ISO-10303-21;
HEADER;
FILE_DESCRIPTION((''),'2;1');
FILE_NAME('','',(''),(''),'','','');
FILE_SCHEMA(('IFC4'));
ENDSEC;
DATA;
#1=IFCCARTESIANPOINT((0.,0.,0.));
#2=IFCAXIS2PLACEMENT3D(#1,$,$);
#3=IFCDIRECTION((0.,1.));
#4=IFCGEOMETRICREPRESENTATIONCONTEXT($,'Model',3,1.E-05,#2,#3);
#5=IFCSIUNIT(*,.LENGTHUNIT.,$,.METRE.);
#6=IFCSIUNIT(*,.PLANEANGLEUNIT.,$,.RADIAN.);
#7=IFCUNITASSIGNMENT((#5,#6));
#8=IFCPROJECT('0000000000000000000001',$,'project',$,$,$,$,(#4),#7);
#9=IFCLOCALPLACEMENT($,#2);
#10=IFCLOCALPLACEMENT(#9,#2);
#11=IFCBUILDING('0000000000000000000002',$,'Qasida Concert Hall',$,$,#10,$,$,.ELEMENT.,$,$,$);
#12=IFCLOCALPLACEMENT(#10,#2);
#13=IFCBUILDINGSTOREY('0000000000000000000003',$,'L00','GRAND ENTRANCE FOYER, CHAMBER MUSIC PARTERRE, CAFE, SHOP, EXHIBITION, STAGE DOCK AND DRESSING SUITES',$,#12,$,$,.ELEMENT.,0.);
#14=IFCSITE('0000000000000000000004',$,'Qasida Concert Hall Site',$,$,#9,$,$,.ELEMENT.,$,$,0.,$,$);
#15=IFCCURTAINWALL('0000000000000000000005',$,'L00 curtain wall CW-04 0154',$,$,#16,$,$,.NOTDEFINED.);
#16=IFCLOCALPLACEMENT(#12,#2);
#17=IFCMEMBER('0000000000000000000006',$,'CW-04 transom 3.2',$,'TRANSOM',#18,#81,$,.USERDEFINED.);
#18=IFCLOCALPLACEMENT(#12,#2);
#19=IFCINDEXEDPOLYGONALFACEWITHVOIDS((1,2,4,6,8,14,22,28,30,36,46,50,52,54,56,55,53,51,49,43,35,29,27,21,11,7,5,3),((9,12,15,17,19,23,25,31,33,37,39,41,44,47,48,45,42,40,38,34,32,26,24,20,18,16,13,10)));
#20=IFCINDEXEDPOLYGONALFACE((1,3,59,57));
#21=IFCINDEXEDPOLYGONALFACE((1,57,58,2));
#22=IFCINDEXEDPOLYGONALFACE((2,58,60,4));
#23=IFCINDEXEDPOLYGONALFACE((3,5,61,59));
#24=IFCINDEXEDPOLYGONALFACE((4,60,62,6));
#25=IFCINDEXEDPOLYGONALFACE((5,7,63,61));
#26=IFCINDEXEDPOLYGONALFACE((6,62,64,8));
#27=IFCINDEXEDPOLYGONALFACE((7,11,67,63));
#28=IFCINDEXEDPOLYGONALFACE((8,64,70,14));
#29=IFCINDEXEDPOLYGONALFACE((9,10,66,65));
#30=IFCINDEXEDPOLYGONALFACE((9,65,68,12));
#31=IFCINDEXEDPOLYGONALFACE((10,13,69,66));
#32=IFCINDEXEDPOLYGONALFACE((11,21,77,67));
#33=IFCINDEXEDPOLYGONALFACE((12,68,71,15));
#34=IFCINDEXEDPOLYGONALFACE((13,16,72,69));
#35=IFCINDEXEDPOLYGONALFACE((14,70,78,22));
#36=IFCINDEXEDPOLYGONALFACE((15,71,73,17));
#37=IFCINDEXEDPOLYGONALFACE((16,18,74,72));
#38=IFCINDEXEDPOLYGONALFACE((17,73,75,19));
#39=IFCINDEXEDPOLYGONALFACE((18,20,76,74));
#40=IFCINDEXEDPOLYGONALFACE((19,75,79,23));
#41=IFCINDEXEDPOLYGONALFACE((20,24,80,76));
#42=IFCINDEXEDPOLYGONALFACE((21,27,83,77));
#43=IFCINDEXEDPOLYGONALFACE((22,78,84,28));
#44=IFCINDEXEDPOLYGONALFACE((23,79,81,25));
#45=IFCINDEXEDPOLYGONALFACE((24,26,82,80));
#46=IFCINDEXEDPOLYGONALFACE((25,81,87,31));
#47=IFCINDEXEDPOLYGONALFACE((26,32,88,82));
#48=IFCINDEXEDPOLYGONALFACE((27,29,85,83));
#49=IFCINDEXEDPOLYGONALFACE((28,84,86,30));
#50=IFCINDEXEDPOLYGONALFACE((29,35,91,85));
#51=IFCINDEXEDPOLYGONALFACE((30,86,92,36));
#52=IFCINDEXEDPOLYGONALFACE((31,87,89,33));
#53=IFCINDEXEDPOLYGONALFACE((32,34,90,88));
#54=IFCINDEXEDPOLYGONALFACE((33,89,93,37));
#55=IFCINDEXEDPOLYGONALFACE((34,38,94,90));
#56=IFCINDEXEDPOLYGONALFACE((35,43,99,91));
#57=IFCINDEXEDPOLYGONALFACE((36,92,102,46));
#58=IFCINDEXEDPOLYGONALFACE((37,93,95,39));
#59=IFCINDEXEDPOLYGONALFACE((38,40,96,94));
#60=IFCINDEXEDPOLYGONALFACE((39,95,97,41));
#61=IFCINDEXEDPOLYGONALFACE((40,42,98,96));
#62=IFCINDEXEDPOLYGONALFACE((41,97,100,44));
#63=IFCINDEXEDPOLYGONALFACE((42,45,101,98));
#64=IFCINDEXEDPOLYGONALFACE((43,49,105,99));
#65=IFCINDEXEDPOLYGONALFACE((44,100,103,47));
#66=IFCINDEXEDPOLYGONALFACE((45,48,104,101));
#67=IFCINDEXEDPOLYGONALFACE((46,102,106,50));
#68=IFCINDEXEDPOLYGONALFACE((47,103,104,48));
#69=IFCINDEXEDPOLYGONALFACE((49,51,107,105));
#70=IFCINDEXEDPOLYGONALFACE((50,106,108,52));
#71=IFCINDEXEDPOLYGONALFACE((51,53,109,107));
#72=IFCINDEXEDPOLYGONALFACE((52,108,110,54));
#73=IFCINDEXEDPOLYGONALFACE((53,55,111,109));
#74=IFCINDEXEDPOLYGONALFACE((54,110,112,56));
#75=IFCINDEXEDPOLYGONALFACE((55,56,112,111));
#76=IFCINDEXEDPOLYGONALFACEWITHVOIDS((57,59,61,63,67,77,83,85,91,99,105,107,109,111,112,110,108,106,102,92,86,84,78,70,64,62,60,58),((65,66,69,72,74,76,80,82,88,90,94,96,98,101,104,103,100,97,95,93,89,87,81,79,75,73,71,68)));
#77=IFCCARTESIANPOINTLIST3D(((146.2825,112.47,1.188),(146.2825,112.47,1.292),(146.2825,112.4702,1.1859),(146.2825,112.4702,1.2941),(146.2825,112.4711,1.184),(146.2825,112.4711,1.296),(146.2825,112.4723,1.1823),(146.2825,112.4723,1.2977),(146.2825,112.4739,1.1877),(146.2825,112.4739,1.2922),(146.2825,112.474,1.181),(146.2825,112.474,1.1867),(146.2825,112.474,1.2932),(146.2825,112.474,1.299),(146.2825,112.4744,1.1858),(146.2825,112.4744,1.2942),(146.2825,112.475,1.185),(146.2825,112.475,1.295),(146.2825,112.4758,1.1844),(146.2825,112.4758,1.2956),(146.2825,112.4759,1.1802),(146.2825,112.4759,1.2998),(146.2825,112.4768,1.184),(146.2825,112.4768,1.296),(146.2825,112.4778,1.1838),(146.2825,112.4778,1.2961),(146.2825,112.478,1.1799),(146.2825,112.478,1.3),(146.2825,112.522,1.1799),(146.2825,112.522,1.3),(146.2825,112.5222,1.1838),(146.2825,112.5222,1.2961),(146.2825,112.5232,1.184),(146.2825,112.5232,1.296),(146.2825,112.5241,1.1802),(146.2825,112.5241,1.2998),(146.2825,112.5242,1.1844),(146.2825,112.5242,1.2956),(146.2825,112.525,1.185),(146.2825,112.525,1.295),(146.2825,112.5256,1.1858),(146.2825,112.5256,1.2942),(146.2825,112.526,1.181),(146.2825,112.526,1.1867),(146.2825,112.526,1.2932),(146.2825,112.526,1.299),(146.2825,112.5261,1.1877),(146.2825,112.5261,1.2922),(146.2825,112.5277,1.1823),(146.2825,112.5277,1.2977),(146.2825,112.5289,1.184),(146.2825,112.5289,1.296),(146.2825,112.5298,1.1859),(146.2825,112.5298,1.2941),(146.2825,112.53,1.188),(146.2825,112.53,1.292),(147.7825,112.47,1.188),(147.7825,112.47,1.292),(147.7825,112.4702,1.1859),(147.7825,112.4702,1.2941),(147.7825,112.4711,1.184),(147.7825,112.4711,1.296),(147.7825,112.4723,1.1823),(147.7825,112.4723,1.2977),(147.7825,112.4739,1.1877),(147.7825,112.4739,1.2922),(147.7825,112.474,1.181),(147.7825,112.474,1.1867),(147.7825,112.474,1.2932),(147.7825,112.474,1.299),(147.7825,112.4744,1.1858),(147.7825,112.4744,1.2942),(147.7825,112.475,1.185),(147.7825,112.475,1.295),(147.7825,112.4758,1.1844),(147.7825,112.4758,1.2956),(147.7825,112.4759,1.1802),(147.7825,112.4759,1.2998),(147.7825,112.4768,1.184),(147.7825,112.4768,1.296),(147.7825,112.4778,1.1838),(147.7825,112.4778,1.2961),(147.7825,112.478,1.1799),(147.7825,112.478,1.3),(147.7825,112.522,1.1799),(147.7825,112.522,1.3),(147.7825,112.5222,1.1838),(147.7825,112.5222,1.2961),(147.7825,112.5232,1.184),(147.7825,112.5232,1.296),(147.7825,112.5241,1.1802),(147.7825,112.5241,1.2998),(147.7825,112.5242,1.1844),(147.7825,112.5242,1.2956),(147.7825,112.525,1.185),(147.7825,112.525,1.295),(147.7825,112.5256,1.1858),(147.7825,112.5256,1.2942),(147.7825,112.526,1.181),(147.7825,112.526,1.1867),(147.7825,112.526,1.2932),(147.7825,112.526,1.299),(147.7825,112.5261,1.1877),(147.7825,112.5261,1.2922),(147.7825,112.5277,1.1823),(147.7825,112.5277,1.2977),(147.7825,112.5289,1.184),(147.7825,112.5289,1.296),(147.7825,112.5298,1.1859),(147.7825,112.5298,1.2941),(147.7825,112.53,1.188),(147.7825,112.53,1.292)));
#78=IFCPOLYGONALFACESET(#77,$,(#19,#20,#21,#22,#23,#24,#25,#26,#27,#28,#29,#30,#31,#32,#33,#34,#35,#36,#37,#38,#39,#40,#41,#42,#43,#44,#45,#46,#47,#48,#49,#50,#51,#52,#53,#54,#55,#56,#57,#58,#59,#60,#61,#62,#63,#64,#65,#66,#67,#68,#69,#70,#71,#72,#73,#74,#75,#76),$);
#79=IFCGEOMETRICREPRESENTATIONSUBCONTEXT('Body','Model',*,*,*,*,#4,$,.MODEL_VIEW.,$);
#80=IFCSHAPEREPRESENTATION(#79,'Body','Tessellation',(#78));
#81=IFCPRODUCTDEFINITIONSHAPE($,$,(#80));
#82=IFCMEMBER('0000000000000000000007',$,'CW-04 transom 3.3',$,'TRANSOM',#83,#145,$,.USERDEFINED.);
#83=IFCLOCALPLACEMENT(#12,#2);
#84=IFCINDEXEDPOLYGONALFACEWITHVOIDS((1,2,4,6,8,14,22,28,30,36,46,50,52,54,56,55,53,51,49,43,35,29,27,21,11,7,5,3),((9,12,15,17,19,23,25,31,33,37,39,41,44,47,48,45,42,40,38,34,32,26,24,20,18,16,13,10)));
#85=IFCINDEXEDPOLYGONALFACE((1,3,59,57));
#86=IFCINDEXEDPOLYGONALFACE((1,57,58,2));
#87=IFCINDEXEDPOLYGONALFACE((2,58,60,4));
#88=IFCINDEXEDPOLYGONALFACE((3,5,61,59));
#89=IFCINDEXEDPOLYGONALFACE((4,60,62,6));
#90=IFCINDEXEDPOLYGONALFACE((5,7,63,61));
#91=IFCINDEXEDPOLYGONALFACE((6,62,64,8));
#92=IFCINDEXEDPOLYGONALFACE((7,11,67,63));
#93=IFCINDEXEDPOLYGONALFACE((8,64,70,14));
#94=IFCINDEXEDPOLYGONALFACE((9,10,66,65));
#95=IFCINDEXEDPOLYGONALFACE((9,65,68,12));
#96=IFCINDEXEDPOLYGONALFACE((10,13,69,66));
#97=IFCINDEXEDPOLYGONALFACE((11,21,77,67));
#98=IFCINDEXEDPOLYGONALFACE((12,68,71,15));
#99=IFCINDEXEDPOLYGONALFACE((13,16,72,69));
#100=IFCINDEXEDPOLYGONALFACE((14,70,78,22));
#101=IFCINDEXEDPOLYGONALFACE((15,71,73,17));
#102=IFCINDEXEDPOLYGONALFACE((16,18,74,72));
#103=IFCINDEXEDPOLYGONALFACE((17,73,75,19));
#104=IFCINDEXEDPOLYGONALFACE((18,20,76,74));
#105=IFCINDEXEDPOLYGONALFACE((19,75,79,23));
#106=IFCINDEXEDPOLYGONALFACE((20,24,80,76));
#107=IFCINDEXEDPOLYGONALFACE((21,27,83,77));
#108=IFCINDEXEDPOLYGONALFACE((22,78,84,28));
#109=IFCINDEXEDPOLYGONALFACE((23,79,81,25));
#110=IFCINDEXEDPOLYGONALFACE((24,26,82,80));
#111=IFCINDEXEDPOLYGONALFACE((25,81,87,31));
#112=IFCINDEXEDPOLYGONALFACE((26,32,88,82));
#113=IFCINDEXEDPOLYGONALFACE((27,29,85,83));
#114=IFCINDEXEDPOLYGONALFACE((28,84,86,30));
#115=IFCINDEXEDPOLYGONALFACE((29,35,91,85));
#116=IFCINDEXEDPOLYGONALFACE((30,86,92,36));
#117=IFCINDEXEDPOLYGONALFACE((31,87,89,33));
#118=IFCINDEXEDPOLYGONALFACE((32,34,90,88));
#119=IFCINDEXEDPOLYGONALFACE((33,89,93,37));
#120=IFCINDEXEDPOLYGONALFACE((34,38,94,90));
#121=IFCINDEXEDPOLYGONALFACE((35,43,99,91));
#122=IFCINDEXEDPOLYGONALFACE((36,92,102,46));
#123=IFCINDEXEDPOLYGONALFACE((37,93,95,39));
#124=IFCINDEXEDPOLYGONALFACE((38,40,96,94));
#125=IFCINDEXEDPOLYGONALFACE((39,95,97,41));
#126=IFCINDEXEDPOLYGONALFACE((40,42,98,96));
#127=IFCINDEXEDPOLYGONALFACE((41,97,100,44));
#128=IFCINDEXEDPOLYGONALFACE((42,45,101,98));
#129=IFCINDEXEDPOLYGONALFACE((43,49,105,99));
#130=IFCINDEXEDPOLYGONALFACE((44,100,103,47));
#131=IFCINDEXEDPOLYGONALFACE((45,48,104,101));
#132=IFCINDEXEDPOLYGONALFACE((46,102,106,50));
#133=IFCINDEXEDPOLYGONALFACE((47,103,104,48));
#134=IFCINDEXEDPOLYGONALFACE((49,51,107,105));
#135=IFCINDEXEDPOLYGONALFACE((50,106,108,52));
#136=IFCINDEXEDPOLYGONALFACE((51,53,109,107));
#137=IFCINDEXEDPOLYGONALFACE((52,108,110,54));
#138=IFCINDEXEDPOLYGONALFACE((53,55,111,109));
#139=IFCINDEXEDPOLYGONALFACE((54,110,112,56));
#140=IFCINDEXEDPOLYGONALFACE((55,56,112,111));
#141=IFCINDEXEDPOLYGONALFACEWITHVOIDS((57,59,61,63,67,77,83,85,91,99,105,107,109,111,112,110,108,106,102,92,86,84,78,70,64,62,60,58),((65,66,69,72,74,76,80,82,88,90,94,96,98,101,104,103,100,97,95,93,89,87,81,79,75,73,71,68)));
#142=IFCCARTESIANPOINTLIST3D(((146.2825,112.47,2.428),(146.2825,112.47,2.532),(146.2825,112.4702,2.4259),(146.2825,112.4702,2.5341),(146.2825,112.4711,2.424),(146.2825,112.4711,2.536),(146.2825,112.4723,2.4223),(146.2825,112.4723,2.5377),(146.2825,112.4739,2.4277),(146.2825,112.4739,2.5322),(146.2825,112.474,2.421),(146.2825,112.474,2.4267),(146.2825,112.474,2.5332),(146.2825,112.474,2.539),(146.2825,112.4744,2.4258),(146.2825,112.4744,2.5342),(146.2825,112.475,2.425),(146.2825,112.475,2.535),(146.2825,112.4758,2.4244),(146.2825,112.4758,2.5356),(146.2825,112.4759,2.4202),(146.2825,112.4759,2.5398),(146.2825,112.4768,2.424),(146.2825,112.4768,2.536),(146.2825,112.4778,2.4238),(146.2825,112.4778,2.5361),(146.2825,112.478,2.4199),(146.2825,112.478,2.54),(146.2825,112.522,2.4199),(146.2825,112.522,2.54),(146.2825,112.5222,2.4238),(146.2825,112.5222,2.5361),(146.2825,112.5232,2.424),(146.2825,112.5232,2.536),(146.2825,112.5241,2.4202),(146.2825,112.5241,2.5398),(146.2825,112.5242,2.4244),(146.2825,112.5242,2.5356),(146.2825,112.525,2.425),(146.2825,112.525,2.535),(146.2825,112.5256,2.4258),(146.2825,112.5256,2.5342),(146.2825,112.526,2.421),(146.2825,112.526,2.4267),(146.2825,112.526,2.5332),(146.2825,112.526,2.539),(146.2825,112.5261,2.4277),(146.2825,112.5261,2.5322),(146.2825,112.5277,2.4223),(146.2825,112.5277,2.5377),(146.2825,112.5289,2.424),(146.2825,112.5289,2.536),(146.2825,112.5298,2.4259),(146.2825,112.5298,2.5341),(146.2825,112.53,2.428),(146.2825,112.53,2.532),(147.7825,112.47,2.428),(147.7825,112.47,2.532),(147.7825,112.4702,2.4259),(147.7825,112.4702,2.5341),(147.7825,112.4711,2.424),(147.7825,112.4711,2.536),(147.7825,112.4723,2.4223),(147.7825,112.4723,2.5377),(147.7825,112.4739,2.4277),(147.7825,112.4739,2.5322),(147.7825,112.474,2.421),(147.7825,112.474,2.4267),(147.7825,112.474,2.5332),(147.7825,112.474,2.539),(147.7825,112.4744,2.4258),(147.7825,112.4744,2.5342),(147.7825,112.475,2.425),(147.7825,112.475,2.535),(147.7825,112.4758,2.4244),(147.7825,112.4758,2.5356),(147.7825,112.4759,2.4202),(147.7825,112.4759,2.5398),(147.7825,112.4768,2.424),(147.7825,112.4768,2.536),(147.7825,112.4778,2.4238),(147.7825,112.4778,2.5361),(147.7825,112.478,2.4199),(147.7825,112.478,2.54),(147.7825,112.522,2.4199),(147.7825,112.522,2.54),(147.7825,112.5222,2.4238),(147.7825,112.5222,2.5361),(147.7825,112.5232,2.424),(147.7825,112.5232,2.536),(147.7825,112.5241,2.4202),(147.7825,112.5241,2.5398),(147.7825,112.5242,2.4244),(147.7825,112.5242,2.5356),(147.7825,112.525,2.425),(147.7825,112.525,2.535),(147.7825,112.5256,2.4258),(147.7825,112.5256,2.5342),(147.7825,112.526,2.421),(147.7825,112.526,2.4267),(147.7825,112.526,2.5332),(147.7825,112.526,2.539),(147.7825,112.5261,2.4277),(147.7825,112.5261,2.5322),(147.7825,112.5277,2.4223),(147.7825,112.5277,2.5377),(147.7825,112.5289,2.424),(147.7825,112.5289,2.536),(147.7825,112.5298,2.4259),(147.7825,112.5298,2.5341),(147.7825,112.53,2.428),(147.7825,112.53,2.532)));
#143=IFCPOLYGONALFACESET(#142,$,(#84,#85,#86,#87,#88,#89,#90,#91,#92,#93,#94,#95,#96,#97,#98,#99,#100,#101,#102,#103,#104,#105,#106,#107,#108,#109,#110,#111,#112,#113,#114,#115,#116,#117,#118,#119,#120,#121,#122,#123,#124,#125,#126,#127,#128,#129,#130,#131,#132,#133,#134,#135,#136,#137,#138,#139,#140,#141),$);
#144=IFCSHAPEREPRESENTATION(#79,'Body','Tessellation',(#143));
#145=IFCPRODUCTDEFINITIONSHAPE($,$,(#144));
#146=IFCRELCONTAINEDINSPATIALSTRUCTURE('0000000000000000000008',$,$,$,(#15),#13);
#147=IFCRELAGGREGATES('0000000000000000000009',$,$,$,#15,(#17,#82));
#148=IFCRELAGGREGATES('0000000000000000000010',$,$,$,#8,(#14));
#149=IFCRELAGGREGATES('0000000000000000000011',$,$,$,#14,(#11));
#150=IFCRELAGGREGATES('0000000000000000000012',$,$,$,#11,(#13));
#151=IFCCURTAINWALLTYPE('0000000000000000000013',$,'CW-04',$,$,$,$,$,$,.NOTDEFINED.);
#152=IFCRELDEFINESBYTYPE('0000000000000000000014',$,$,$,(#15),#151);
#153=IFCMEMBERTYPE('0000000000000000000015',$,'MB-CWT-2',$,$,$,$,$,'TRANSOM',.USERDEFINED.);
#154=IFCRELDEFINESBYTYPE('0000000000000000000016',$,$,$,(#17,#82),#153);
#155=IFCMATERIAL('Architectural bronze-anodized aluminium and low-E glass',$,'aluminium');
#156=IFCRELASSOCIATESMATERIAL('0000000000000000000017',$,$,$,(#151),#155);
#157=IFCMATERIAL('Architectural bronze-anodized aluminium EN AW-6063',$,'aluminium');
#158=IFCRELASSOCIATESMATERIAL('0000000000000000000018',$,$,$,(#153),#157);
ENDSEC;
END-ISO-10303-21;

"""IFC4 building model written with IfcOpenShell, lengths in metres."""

from ifc_helpers import new_model, si_unit, direction, frame, origin, origin_2d, place, context, subcontext, project, spatial, hollow_rectangle, extrude, material, material_profile, profile_set, type_object, element, aggregate, save


model = new_model("IFC4")

# Units and contexts
model_context = context("Model", 3, precision=1e-05, world=origin(), true_north=direction((0.0, 1.0)))
body_context = subcontext(model_context, "Body", "Model", "MODEL_VIEW")
ifc_project = project(units=[si_unit("LENGTHUNIT", "METRE"), si_unit("PLANEANGLEUNIT", "RADIAN")], contexts=[model_context])

# Site, building, storey
site_placement = place(None, origin())
site = spatial("IfcSite", under=ifc_project, at=site_placement, Name="Qasida Concert Hall Site", CompositionType="ELEMENT", RefElevation=0.0)
building_placement = place(site_placement, origin())
building = spatial("IfcBuilding", under=site, at=building_placement, Name="Qasida Concert Hall", CompositionType="ELEMENT")
storey_placement = place(building_placement, origin())
storey = spatial("IfcBuildingStorey", under=building, at=storey_placement, Name="L00", Description="GRAND ENTRANCE FOYER, CHAMBER MUSIC PARTERRE, CAFE, SHOP, EXHIBITION, STAGE DOCK AND DRESSING SUITES", CompositionType="ELEMENT", Elevation=0.0)

# Curtain wall, members
ifc_material_1 = material(Name="Architectural bronze-anodized aluminium and low-E glass", Category="aluminium")
curtain_wall_type = type_object("IfcCurtainWallType", Name="CW-04", PredefinedType="NOTDEFINED", material=ifc_material_1)
curtain_wall_placement = place(storey_placement, origin())
curtain_wall = element("IfcCurtainWall", 1, at=curtain_wall_placement, inside=storey, type_object=curtain_wall_type, Name="L00 curtain wall CW-04 0154", PredefinedType="NOTDEFINED")
ifc_material_2 = material(Name="Architectural bronze-anodized aluminium EN AW-6063", Category="aluminium")
ifc_material_profile_1 = material_profile(ifc_material_2, hollow_rectangle(XDim=0.0601, YDim=0.1201, WallThickness=0.0039, InnerFilletRadius=0.0039, OuterFilletRadius=0.0081, at=origin_2d()), Name="CWT 120x60x4")
ifc_profile_set_1 = profile_set([ifc_material_profile_1], Name="Architectural bronze-anodized aluminium EN AW-6063")
member_type_1 = type_object("IfcMemberType", Name="MB-CWT-2", ElementType="TRANSOM", PredefinedType="USERDEFINED", material=ifc_profile_set_1)
member_1_placement = place(storey_placement, frame((146.2825, 112.5, 1.24), z_axis=(1.0, 0.0, 0.0), x_axis=(0.0, 1.0, 0.0)))
member_1 = element("IfcMember", 2, at=member_1_placement, type_object=member_type_1, Name="CW-04 transom 3.2", ObjectType="TRANSOM", PredefinedType="USERDEFINED", context=body_context, shape_type="SweptSolid", body=[
    extrude(hollow_rectangle(XDim=0.0601, YDim=0.1201, WallThickness=0.0039, InnerFilletRadius=0.0039, OuterFilletRadius=0.0081, at=origin_2d()), origin(), (0.0, 0.0, 1.0), 1.5),
])
member_2_placement = place(storey_placement, frame((146.2825, 112.5, 2.48), z_axis=(1.0, 0.0, 0.0), x_axis=(0.0, 1.0, 0.0)))
member_2 = element("IfcMember", 3, at=member_2_placement, type_object=member_type_1, Name="CW-04 transom 3.3", ObjectType="TRANSOM", PredefinedType="USERDEFINED", context=body_context, shape_type="SweptSolid", body=[
    extrude(hollow_rectangle(XDim=0.0601, YDim=0.1201, WallThickness=0.0039, InnerFilletRadius=0.0039, OuterFilletRadius=0.0081, at=origin_2d()), origin(), (0.0, 0.0, 1.0), 1.5),
])
aggregate(curtain_wall, [member_1, member_2])

save(model, "model.ifc")
